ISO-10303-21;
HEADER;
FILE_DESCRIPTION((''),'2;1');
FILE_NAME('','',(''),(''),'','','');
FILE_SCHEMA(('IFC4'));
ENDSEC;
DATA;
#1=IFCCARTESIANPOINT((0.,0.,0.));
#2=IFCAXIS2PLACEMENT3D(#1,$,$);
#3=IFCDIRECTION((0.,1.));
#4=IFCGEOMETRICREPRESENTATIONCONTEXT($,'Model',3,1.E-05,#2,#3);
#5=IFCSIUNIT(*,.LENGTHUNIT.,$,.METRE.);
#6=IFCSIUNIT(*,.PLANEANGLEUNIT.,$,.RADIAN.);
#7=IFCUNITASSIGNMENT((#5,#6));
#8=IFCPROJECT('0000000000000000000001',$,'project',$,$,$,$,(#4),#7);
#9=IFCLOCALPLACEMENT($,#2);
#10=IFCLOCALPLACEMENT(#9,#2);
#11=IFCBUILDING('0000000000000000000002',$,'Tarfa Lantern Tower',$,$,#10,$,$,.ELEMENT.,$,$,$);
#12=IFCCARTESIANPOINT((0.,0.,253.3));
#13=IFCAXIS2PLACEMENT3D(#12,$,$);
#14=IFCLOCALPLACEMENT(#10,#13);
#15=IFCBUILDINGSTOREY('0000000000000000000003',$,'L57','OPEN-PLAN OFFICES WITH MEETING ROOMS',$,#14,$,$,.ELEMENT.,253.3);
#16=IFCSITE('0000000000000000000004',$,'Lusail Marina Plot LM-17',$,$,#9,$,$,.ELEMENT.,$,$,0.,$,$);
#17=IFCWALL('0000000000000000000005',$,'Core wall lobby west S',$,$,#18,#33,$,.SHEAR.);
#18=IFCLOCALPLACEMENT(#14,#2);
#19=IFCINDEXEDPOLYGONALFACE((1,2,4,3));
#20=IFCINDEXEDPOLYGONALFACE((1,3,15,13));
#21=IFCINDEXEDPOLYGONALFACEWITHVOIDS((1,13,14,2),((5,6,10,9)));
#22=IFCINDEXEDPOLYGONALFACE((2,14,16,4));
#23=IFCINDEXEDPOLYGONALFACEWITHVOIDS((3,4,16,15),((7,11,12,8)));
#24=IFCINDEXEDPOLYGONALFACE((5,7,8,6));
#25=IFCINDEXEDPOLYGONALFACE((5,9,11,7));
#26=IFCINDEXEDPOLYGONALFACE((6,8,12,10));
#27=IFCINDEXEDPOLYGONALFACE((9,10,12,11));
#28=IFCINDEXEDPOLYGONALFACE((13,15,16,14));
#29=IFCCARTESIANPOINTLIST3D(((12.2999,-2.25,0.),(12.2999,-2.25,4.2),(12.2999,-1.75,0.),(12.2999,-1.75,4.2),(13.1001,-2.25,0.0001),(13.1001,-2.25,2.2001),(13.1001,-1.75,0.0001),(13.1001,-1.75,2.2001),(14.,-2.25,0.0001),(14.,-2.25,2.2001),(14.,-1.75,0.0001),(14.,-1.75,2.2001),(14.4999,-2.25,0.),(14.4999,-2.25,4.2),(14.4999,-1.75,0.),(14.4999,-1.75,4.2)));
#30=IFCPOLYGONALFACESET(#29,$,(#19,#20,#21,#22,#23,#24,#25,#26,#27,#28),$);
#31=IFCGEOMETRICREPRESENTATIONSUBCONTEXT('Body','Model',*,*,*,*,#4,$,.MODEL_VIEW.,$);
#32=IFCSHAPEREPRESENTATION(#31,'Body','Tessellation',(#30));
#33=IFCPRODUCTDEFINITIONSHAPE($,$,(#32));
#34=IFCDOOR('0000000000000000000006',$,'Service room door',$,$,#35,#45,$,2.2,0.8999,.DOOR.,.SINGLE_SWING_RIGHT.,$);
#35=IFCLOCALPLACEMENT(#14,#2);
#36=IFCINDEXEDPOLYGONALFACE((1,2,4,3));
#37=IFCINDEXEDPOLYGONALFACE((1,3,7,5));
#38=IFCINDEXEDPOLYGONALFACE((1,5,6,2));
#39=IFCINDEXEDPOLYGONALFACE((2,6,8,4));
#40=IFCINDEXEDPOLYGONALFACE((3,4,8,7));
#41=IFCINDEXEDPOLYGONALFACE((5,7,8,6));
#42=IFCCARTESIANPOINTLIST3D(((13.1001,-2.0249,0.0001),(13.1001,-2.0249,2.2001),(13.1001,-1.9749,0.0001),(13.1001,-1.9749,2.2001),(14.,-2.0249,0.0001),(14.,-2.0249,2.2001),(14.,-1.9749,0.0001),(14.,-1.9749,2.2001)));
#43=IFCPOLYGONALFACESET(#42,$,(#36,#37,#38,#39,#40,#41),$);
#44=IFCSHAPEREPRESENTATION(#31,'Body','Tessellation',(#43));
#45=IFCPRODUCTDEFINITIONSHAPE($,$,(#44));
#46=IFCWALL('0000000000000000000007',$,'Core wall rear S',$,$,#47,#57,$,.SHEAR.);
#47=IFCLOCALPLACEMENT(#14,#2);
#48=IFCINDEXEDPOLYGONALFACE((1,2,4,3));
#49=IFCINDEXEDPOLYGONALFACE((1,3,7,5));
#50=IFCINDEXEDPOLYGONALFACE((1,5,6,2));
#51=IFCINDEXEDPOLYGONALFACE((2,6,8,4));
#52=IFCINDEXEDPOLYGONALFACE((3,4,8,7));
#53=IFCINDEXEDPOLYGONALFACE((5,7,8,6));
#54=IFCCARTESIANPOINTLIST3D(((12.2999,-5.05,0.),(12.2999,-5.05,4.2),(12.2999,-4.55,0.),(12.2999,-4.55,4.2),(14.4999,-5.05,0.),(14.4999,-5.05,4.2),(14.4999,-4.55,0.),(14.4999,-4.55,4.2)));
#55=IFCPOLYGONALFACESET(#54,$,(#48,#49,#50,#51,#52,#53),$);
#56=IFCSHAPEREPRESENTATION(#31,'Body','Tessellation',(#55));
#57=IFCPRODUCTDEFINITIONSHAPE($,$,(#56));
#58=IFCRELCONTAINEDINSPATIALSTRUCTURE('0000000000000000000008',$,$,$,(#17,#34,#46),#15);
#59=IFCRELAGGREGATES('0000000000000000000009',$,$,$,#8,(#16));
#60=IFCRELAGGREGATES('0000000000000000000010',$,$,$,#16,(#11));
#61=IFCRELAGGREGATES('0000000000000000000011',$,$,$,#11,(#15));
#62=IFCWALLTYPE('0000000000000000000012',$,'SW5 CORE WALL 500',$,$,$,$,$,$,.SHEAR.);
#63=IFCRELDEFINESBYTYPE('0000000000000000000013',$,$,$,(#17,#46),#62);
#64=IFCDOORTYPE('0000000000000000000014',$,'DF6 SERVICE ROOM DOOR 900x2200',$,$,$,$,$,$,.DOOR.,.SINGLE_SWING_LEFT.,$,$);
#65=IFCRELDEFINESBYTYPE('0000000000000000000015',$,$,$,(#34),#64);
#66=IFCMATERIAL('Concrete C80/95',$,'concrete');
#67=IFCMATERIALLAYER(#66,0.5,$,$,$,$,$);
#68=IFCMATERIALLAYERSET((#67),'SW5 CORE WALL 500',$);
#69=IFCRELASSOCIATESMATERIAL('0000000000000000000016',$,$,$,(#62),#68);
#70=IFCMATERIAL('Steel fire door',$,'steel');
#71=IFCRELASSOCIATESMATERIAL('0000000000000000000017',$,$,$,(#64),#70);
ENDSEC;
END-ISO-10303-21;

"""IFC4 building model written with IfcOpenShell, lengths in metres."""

from ifc_helpers import new_model, si_unit, direction, frame, frame_2d, origin, place, context, subcontext, project, spatial, rectangle, extrude, material, layer, layer_set, type_object, element, fill, save


model = new_model("IFC4")

# Units and contexts
model_context = context("Model", 3, precision=1e-05, world=origin(), true_north=direction((0.0, 1.0)))
body_context = subcontext(model_context, "Body", "Model", "MODEL_VIEW")
ifc_project = project(units=[si_unit("LENGTHUNIT", "METRE"), si_unit("PLANEANGLEUNIT", "RADIAN")], contexts=[model_context])

# Site, building, storey
site_placement = place(None, origin())
site = spatial("IfcSite", under=ifc_project, at=site_placement, Name="Lusail Marina Plot LM-17", CompositionType="ELEMENT", RefElevation=0.0)
building_placement = place(site_placement, origin())
building = spatial("IfcBuilding", under=site, at=building_placement, Name="Tarfa Lantern Tower", CompositionType="ELEMENT")
storey_placement = place(building_placement, frame((0.0, 0.0, 253.3)))
storey = spatial("IfcBuildingStorey", under=building, at=storey_placement, Name="L57", Description="OPEN-PLAN OFFICES WITH MEETING ROOMS", CompositionType="ELEMENT", Elevation=253.3)

# Shared definitions
ifc_material_1 = material(Name="Concrete C80/95", Category="concrete")

# Wall, opening, door
ifc_material_2 = material(Name="Steel fire door", Category="steel")
ifc_layer_1 = layer(ifc_material_1, 0.5)
ifc_layer_set_1 = layer_set([ifc_layer_1], Name="SW5 CORE WALL 500")
wall_type_1 = type_object("IfcWallType", Name="SW5 CORE WALL 500", PredefinedType="SHEAR", material=ifc_layer_set_1)
wall_1_placement = place(storey_placement, frame((14.5, -2.0, 0.0), z_axis=(0.0, 0.0, 1.0), x_axis=(-1.0, 0.0, 0.0)))
wall_1 = element("IfcWall", 1, at=wall_1_placement, inside=storey, type_object=wall_type_1, Name="Core wall lobby west S", PredefinedType="SHEAR", context=body_context, shape_type="SweptSolid", body=[
    extrude(rectangle(XDim=2.2, YDim=0.5, at=frame_2d((1.1001, 0.0))), origin(), (0.0, 0.0, 1.0), 4.2),
])
opening_1_placement = place(wall_1_placement, frame((0.5, 0.0, 0.0)))
opening_1 = element("IfcOpeningElement", 2, at=opening_1_placement, cuts=wall_1, PredefinedType="OPENING", context=body_context, shape_type="SweptSolid", body=[
    extrude(rectangle(XDim=0.8999, YDim=2.2, at=frame_2d((0.45, 1.1001))), frame((0.0, 0.26, 0.0), z_axis=(0.0, -1.0, 0.0), x_axis=(1.0, 0.0, 0.0)), (0.0, 0.0, 1.0), 0.52),
])
door_type_1 = type_object("IfcDoorType", Name="DF6 SERVICE ROOM DOOR 900x2200", OperationType="SINGLE_SWING_LEFT", PredefinedType="DOOR", material=ifc_material_2)
door_1_placement = place(opening_1_placement, origin())
door_1 = element("IfcDoor", 3, at=door_1_placement, inside=storey, type_object=door_type_1, Name="Service room door", OperationType="SINGLE_SWING_RIGHT", OverallHeight=2.2, OverallWidth=0.8999, PredefinedType="DOOR", context=body_context, shape_type="SweptSolid", body=[
    extrude(rectangle(XDim=0.8999, YDim=2.2, at=frame_2d((0.45, 1.1001))), frame((0.0, 0.0249, 0.0), z_axis=(0.0, -1.0, 0.0), x_axis=(1.0, 0.0, 0.0)), (0.0, 0.0, 1.0), 0.05),
])
fill(opening_1, door_1)

# Wall
wall_2_placement = place(storey_placement, frame((14.5, -4.8, 0.0), z_axis=(0.0, 0.0, 1.0), x_axis=(-1.0, 0.0, 0.0)))
element("IfcWall", 4, at=wall_2_placement, inside=storey, type_object=wall_type_1, Name="Core wall rear S", PredefinedType="SHEAR", context=body_context, shape_type="SweptSolid", body=[
    extrude(rectangle(XDim=2.2, YDim=0.5, at=frame_2d((1.1001, 0.0))), origin(), (0.0, 0.0, 1.0), 4.2),
])

save(model, "model.ifc")
